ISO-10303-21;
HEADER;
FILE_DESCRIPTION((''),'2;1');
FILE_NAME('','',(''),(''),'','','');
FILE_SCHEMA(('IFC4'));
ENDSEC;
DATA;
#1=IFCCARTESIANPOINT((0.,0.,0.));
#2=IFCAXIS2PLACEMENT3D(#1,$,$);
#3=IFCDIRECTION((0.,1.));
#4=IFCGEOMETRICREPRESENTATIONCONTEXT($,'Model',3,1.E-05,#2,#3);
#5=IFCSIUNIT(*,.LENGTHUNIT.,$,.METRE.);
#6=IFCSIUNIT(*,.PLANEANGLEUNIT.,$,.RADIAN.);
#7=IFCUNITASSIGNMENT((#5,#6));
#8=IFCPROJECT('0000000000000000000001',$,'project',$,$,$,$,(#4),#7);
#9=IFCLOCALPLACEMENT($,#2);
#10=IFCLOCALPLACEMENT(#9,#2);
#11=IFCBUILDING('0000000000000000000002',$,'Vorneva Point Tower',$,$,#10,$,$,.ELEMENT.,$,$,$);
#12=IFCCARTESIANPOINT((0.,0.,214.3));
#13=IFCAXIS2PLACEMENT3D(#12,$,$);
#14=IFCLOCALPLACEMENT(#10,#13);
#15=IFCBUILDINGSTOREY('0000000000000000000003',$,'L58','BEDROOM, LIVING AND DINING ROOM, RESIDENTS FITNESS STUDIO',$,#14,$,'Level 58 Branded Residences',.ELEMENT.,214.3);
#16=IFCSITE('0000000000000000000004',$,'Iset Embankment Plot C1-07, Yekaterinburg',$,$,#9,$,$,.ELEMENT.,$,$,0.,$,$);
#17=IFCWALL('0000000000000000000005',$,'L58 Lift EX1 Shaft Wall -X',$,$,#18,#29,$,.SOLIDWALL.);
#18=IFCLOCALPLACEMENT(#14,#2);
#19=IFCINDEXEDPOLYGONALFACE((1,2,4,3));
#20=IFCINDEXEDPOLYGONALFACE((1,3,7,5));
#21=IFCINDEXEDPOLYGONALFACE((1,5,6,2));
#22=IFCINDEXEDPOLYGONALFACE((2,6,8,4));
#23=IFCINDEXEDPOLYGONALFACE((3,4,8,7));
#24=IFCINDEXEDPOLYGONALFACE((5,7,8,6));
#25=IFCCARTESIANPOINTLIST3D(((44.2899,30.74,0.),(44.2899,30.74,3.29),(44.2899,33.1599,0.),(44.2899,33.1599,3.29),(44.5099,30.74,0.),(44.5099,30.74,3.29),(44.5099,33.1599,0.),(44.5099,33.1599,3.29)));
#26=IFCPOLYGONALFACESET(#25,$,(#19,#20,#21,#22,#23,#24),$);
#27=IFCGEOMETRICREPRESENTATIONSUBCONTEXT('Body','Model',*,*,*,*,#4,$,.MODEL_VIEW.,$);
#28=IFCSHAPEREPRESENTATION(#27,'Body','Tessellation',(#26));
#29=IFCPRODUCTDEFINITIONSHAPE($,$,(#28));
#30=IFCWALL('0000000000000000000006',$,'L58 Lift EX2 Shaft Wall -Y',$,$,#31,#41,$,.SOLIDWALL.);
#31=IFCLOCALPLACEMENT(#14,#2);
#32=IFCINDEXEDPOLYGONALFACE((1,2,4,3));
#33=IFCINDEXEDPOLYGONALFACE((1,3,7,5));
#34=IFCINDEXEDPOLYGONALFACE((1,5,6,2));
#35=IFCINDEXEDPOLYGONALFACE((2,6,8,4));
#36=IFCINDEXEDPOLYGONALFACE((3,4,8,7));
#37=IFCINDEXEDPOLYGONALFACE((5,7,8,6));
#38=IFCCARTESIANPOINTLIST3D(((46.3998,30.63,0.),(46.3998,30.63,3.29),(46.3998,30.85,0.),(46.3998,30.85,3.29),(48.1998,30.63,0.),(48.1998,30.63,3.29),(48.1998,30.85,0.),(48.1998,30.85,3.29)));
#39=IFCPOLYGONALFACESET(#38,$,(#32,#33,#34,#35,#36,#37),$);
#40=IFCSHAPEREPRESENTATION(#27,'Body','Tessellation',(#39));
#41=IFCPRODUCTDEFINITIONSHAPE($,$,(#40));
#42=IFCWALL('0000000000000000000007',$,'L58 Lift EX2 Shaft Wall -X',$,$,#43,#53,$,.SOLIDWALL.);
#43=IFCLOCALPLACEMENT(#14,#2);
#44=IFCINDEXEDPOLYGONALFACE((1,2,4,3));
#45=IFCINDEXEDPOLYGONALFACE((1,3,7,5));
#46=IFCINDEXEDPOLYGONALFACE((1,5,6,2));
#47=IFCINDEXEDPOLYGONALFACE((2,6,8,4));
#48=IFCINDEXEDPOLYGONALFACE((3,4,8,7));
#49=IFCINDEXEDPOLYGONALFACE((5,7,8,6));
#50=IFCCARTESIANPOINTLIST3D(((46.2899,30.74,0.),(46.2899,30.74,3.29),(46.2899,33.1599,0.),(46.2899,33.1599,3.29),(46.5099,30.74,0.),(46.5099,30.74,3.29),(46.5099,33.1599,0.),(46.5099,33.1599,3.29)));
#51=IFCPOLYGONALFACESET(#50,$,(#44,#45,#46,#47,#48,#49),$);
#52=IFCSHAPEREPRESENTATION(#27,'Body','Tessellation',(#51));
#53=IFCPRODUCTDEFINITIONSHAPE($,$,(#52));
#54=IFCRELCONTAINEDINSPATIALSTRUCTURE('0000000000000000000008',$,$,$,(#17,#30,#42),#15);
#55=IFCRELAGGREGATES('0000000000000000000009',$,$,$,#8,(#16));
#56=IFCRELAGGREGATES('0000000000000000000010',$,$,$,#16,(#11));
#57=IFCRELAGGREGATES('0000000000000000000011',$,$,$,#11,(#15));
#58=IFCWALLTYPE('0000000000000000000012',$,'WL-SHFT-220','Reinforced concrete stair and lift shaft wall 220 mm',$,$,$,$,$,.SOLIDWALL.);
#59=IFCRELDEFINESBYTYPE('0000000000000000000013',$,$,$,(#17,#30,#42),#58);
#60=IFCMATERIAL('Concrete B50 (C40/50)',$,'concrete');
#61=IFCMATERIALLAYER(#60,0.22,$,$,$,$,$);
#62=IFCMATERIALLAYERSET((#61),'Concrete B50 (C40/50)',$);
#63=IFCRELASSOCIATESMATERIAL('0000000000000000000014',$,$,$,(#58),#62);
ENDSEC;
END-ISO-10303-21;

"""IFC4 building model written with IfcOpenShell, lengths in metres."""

from ifc_helpers import new_model, si_unit, direction, frame, frame_2d, origin, place, context, subcontext, project, spatial, rectangle, extrude, material, layer, layer_set, type_object, element, save


model = new_model("IFC4")

# Units and contexts
model_context = context("Model", 3, precision=1e-05, world=origin(), true_north=direction((0.0, 1.0)))
body_context = subcontext(model_context, "Body", "Model", "MODEL_VIEW")
ifc_project = project(units=[si_unit("LENGTHUNIT", "METRE"), si_unit("PLANEANGLEUNIT", "RADIAN")], contexts=[model_context])

# Site, building, storey
site_placement = place(None, origin())
site = spatial("IfcSite", under=ifc_project, at=site_placement, Name="Iset Embankment Plot C1-07, Yekaterinburg", CompositionType="ELEMENT", RefElevation=0.0)
building_placement = place(site_placement, origin())
building = spatial("IfcBuilding", under=site, at=building_placement, Name="Vorneva Point Tower", CompositionType="ELEMENT")
storey_placement = place(building_placement, frame((0.0, 0.0, 214.3)))
storey = spatial("IfcBuildingStorey", under=building, at=storey_placement, Name="L58", Description="BEDROOM, LIVING AND DINING ROOM, RESIDENTS FITNESS STUDIO", LongName="Level 58 Branded Residences", CompositionType="ELEMENT", Elevation=214.3)

# Shared definitions
ifc_material_1 = material(Name="Concrete B50 (C40/50)", Category="concrete")

# Walls
ifc_layer_1 = layer(ifc_material_1, 0.22)
ifc_layer_set_1 = layer_set([ifc_layer_1], Name="Concrete B50 (C40/50)")
wall_type_1 = type_object("IfcWallType", Name="WL-SHFT-220", Description="Reinforced concrete stair and lift shaft wall 220 mm", PredefinedType="SOLIDWALL", material=ifc_layer_set_1)
wall_1_placement = place(storey_placement, frame((44.3999, 33.1599, 0.0), z_axis=(0.0, 0.0, 1.0), x_axis=(0.0, -1.0, 0.0)))
element("IfcWall", 1, at=wall_1_placement, inside=storey, type_object=wall_type_1, Name="L58 Lift EX1 Shaft Wall -X", PredefinedType="SOLIDWALL", context=body_context, shape_type="SweptSolid", body=[
    extrude(rectangle(XDim=2.4199, YDim=0.22, at=frame_2d((1.21, 0.0))), origin(), (0.0, 0.0, 1.0), 3.29),
])
wall_2_placement = place(storey_placement, frame((46.3999, 30.74, 0.0), z_axis=(0.0, 0.0, 1.0), x_axis=(1.0, 0.0, 0.0)))
element("IfcWall", 2, at=wall_2_placement, inside=storey, type_object=wall_type_1, Name="L58 Lift EX2 Shaft Wall -Y", PredefinedType="SOLIDWALL", context=body_context, shape_type="SweptSolid", body=[
    extrude(rectangle(XDim=1.8, YDim=0.22, at=frame_2d((0.8999, 0.0))), origin(), (0.0, 0.0, 1.0), 3.29),
])
wall_3_placement = place(storey_placement, frame((46.3999, 33.1599, 0.0), z_axis=(0.0, 0.0, 1.0), x_axis=(0.0, -1.0, 0.0)))
element("IfcWall", 3, at=wall_3_placement, inside=storey, type_object=wall_type_1, Name="L58 Lift EX2 Shaft Wall -X", PredefinedType="SOLIDWALL", context=body_context, shape_type="SweptSolid", body=[
    extrude(rectangle(XDim=2.4199, YDim=0.22, at=frame_2d((1.21, 0.0))), origin(), (0.0, 0.0, 1.0), 3.29),
])

save(model, "model.ifc")
